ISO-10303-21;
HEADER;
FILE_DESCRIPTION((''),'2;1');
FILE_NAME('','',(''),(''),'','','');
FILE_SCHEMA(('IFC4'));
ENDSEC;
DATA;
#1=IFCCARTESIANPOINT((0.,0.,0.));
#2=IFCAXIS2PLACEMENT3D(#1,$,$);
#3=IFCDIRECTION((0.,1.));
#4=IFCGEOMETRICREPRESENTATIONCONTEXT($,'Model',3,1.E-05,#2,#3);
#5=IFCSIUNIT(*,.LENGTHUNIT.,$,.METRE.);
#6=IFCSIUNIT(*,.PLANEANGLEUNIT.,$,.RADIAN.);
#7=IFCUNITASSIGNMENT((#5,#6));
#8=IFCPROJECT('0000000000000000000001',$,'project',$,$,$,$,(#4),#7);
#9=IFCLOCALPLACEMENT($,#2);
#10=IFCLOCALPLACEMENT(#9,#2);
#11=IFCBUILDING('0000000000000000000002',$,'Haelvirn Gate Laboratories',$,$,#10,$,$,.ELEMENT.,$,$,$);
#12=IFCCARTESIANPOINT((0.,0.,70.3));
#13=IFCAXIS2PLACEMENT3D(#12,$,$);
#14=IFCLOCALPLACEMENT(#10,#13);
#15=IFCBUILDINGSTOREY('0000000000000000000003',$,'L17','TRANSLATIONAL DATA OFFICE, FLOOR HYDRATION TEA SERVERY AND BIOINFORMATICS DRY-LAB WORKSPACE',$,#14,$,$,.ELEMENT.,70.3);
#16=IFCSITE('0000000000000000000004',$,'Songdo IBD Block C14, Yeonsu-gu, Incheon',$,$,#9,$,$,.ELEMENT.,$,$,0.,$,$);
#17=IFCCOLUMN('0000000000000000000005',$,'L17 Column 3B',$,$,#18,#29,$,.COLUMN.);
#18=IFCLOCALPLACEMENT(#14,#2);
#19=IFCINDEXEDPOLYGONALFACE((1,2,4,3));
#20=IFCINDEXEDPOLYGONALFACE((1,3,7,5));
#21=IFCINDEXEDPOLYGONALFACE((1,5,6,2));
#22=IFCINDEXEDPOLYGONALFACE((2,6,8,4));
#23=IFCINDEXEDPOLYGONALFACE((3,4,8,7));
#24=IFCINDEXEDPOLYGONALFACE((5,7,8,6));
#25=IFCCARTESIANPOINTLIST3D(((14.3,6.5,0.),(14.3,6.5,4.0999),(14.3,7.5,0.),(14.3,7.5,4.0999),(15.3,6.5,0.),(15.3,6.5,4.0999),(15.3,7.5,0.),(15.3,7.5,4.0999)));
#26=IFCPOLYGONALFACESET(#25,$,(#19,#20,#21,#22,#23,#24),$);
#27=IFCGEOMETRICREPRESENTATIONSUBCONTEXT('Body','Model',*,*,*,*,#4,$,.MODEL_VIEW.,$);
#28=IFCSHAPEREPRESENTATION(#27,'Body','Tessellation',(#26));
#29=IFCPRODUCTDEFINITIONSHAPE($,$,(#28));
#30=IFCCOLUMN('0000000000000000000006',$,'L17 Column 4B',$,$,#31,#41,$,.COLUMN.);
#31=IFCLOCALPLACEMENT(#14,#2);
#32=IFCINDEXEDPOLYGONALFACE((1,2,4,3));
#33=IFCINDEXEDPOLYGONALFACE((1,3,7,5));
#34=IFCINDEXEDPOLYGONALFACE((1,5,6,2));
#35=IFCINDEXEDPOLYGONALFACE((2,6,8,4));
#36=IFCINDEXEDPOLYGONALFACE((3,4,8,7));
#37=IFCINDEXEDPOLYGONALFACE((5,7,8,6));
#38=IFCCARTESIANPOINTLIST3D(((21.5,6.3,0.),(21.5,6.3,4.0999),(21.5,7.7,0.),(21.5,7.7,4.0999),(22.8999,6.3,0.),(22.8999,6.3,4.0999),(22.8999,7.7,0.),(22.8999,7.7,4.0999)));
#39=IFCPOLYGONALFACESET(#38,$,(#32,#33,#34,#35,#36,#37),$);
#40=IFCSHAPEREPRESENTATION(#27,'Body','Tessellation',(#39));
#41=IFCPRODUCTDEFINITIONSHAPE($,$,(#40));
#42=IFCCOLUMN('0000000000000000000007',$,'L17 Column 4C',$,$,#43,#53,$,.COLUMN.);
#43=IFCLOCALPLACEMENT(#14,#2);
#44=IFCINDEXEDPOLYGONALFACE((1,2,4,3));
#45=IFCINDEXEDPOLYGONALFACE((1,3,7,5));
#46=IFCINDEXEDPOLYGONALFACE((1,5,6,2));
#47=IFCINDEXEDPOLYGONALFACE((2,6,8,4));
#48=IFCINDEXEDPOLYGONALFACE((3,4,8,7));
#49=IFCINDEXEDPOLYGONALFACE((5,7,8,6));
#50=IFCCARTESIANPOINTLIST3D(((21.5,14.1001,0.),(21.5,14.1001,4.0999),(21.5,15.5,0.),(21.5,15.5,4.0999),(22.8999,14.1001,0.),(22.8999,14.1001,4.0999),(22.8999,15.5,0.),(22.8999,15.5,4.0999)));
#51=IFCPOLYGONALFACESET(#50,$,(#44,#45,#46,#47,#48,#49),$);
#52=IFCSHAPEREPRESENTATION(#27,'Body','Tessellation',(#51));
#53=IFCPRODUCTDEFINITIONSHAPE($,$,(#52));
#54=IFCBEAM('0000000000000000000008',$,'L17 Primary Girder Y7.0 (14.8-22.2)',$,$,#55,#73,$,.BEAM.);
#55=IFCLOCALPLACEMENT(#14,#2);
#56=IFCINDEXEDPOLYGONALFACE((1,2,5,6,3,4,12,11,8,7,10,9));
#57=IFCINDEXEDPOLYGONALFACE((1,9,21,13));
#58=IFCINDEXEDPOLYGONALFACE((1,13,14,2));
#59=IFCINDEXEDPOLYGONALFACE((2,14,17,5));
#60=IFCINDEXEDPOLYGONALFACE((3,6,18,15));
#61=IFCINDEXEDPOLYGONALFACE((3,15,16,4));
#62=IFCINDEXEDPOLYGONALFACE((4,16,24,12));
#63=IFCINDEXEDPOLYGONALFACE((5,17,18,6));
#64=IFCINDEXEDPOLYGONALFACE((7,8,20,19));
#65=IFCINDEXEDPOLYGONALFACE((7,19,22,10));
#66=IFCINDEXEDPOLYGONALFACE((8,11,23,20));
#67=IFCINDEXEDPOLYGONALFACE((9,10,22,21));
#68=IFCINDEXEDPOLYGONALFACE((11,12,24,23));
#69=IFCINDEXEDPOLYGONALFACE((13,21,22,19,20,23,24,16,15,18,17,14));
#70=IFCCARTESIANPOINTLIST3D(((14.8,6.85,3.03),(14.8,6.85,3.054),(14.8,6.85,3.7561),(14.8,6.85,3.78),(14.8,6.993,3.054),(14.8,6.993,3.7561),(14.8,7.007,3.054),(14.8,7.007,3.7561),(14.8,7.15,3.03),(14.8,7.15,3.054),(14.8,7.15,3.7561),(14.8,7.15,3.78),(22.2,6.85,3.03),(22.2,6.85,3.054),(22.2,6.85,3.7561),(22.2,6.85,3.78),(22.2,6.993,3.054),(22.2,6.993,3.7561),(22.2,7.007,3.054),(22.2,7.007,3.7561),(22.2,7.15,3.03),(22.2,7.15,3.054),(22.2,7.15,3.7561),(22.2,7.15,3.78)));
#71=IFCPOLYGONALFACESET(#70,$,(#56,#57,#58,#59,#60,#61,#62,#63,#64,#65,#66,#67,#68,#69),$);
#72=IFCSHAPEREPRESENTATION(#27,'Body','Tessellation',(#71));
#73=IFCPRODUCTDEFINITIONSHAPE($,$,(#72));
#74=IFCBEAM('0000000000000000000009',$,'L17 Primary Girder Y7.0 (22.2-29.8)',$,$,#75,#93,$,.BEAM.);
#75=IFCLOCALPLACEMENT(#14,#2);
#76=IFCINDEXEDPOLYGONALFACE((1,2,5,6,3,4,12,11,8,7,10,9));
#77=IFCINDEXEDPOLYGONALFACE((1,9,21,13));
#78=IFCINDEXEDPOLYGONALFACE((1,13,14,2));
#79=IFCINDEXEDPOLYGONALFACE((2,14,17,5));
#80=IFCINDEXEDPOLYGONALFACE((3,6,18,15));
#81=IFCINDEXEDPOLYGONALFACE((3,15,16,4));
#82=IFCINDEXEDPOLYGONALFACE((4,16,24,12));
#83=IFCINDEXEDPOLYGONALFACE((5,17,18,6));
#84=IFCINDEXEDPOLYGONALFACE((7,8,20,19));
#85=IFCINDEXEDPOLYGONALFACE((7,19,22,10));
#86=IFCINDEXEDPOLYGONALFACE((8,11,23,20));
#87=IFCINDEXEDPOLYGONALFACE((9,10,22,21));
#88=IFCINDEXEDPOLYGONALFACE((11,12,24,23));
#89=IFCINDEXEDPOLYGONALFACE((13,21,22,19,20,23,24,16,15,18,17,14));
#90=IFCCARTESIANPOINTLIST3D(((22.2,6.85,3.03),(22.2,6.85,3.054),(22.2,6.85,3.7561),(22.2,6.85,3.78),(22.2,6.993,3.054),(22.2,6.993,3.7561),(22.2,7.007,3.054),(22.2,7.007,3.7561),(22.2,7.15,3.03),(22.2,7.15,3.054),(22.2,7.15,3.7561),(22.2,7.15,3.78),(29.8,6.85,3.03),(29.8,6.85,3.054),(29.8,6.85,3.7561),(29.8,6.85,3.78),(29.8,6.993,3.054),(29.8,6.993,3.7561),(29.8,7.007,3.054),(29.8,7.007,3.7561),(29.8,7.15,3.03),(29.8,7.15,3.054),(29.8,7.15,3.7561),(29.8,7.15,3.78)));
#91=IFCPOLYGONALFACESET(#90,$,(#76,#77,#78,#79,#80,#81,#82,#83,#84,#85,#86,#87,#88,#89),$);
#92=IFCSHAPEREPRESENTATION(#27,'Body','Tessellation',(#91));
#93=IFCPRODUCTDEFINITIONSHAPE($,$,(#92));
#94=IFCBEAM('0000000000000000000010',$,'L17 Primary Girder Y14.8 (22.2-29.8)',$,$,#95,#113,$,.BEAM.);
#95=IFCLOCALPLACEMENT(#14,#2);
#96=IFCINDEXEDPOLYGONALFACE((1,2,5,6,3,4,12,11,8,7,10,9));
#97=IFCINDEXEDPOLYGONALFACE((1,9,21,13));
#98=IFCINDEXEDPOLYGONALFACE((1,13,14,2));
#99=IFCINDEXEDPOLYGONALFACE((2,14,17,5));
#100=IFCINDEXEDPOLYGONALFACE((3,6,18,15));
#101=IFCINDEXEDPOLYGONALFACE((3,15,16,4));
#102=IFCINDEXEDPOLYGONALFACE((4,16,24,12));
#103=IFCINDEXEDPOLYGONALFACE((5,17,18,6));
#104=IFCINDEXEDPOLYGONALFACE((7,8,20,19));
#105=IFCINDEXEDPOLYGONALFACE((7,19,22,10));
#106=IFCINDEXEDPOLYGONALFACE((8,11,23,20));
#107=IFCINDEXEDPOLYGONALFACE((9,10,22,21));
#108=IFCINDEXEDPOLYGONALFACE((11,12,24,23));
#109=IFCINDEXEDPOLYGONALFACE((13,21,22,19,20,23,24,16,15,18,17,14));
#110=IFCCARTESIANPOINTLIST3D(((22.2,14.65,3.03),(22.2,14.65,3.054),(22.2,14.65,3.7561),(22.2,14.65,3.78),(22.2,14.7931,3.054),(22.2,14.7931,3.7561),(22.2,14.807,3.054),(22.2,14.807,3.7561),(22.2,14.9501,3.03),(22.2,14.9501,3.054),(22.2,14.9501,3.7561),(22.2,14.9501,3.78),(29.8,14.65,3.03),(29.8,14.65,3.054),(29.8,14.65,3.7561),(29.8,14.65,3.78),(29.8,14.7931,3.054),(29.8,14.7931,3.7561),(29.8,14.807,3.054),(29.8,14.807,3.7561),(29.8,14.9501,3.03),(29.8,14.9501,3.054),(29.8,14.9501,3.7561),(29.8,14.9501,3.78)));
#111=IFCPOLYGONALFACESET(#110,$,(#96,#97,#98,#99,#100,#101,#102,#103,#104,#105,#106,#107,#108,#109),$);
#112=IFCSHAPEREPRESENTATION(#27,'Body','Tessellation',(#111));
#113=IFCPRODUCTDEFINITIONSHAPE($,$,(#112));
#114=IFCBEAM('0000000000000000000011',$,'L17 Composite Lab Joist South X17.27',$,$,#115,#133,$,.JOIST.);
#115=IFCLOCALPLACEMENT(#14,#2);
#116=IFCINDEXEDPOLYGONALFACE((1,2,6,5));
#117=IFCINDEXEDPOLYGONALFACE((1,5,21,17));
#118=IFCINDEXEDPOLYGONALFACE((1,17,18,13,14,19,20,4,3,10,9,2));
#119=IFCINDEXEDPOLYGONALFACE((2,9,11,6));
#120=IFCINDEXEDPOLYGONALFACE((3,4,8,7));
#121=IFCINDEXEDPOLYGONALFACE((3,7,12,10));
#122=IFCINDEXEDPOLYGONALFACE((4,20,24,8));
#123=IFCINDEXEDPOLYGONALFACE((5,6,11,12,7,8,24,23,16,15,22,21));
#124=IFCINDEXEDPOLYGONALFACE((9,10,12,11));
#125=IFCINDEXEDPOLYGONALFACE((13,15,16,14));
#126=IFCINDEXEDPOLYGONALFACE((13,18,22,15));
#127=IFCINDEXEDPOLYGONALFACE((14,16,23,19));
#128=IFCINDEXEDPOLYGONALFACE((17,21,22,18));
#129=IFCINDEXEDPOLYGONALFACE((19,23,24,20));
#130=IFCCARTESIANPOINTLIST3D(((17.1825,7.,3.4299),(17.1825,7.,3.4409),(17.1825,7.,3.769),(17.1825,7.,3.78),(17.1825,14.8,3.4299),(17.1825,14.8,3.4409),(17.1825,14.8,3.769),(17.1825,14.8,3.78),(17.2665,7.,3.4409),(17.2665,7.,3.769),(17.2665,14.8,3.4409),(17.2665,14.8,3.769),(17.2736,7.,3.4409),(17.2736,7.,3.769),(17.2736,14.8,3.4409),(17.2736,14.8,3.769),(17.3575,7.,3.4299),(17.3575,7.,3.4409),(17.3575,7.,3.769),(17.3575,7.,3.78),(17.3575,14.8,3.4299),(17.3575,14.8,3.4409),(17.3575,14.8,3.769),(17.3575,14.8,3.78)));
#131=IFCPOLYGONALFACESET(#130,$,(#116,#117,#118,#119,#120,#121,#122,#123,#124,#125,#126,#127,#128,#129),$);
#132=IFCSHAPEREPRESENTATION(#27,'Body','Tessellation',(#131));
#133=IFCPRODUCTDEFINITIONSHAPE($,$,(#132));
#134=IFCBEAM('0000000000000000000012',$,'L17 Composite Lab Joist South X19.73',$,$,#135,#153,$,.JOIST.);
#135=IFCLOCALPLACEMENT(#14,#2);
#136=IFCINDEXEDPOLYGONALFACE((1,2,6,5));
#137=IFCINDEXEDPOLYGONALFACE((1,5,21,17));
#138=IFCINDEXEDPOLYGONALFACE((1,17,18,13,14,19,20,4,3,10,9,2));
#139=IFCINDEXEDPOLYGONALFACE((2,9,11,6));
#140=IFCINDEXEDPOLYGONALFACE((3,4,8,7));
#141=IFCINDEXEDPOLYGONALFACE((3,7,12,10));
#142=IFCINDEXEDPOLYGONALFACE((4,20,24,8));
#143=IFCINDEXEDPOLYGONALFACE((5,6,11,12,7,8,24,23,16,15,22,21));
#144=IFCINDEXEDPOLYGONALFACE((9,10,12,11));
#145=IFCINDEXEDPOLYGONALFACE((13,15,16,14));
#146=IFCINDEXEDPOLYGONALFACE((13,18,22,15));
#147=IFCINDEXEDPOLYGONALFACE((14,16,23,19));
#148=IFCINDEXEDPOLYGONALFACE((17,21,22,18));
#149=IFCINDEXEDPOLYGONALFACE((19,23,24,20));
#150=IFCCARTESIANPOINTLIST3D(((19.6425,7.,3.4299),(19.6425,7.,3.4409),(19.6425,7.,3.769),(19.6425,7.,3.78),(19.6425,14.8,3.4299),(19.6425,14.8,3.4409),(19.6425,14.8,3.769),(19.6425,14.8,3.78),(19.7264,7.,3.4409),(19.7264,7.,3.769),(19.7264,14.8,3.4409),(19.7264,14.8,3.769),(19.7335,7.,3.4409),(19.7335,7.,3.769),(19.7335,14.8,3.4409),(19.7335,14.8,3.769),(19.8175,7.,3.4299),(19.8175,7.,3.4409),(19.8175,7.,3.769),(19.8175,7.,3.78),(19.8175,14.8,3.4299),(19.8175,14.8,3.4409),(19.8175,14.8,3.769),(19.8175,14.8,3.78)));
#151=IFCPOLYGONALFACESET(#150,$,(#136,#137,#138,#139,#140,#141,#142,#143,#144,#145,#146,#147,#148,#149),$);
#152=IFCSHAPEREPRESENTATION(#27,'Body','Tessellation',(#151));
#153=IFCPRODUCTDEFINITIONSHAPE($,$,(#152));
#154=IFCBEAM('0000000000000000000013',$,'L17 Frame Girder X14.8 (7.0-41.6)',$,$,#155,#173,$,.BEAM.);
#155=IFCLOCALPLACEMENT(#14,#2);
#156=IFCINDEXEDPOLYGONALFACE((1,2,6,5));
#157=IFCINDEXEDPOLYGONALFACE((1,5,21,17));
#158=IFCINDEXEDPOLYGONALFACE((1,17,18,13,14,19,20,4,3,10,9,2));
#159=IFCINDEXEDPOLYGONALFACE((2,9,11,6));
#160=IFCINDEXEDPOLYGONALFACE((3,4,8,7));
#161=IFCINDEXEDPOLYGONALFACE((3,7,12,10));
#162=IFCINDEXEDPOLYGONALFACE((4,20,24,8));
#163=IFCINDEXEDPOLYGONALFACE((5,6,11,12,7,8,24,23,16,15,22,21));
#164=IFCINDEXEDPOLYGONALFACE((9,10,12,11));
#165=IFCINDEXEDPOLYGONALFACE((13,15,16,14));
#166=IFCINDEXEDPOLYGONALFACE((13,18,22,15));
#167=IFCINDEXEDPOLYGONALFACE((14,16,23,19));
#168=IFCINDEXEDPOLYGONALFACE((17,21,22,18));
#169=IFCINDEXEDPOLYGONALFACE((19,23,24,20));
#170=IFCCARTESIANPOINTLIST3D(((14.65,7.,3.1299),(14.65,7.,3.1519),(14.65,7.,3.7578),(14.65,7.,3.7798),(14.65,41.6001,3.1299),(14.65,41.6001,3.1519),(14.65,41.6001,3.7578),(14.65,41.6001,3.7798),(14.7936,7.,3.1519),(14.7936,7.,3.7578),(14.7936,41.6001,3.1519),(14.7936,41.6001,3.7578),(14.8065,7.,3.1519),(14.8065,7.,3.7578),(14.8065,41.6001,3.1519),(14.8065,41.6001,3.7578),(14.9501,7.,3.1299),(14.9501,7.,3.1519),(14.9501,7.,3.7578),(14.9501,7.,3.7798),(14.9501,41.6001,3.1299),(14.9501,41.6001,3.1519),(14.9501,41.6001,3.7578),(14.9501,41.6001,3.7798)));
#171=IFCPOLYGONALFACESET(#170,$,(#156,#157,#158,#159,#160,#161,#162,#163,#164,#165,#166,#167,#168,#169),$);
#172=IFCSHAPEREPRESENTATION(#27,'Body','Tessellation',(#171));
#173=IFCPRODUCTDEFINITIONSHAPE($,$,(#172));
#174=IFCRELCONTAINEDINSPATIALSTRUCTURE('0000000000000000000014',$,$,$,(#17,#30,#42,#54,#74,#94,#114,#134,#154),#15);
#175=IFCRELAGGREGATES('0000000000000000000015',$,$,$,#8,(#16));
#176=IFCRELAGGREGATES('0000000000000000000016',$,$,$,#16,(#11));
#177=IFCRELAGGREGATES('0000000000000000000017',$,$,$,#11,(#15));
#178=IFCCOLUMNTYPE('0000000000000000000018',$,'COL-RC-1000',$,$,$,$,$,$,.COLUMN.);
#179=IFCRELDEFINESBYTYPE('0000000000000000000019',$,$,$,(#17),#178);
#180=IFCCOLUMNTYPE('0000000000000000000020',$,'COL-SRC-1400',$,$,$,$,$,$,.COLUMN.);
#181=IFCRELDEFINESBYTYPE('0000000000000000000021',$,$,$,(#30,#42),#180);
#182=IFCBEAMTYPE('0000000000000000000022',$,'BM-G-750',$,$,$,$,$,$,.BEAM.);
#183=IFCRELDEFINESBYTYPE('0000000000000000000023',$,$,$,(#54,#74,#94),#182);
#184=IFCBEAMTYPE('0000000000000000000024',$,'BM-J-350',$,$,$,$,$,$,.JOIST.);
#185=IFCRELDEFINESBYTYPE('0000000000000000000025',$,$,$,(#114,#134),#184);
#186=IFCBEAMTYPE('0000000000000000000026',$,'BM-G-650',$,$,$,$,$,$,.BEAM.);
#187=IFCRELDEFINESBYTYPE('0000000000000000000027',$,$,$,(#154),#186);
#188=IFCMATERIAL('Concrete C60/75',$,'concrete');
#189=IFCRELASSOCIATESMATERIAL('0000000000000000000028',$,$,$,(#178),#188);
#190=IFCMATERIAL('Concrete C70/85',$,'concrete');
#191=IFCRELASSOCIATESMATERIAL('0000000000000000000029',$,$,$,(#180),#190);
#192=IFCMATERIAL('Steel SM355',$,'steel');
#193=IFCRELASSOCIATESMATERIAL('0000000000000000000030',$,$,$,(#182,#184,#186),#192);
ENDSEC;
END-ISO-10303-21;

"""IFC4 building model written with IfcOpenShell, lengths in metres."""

from ifc_helpers import new_model, si_unit, direction, frame, origin, origin_2d, place, context, subcontext, project, spatial, rectangle, i_section, extrude, source, transform, mapped, material, material_profile, profile_set, type_object, type_shapes, element, save


model = new_model("IFC4")

# Units and contexts
model_context = context("Model", 3, precision=1e-05, world=origin(), true_north=direction((0.0, 1.0)))
body_context = subcontext(model_context, "Body", "Model", "MODEL_VIEW")
ifc_project = project(units=[si_unit("LENGTHUNIT", "METRE"), si_unit("PLANEANGLEUNIT", "RADIAN")], contexts=[model_context])

# Site, building, storey
site_placement = place(None, origin())
site = spatial("IfcSite", under=ifc_project, at=site_placement, Name="Songdo IBD Block C14, Yeonsu-gu, Incheon", CompositionType="ELEMENT", RefElevation=0.0)
building_placement = place(site_placement, origin())
building = spatial("IfcBuilding", under=site, at=building_placement, Name="Haelvirn Gate Laboratories", CompositionType="ELEMENT")
storey_placement = place(building_placement, frame((0.0, 0.0, 70.3)))
storey = spatial("IfcBuildingStorey", under=building, at=storey_placement, Name="L17", Description="TRANSLATIONAL DATA OFFICE, FLOOR HYDRATION TEA SERVERY AND BIOINFORMATICS DRY-LAB WORKSPACE", CompositionType="ELEMENT", Elevation=70.3)

# Columns
ifc_material_1 = material(Name="Concrete C60/75", Category="concrete")
ifc_material_profile_1 = material_profile(ifc_material_1, rectangle(XDim=1.0, YDim=1.0, at=origin_2d()), Name="RC-1000x1000")
ifc_profile_set_1 = profile_set([ifc_material_profile_1], Name="Concrete C60/75")
column_type_1 = type_object("IfcColumnType", Name="COL-RC-1000", PredefinedType="COLUMN", material=ifc_profile_set_1)
shared_shape_1 = source(origin(), body_context, "Body", "SweptSolid", [
    extrude(rectangle(XDim=1.0, YDim=1.0, at=origin_2d()), origin(), (0.0, 0.0, 1.0), 4.0999),
])
type_shapes(column_type_1, [shared_shape_1])
column_placement = place(storey_placement, frame((14.8, 7.0, 0.0), z_axis=(0.0, 0.0, 1.0), x_axis=(1.0, 0.0, 0.0)))
element("IfcColumn", 1, at=column_placement, inside=storey, type_object=column_type_1, Name="L17 Column 3B", PredefinedType="COLUMN", context=body_context, shape_type="MappedRepresentation", body=[
    mapped(shared_shape_1, transform((0.0, 0.0, 0.0), scale=1.0)),
])
ifc_material_2 = material(Name="Concrete C70/85", Category="concrete")
ifc_material_profile_2 = material_profile(ifc_material_2, rectangle(XDim=1.3999, YDim=1.3999, at=origin_2d()), Name="SRC-1400x1400")
ifc_profile_set_2 = profile_set([ifc_material_profile_2], Name="Concrete C70/85")
column_type_2 = type_object("IfcColumnType", Name="COL-SRC-1400", PredefinedType="COLUMN", material=ifc_profile_set_2)
shared_shape_2 = source(origin(), body_context, "Body", "SweptSolid", [
    extrude(rectangle(XDim=1.3999, YDim=1.3999, at=origin_2d()), origin(), (0.0, 0.0, 1.0), 4.0999),
])
type_shapes(column_type_2, [shared_shape_2])
for number, where, z_axis, x_axis, name in (
    (2, (22.2, 7.0, 0.0), (0.0, 0.0, 1.0), (1.0, 0.0, 0.0), "L17 Column 4B"),
    (3, (22.2, 14.8, 0.0), (0.0, 0.0, 1.0), (1.0, 0.0, 0.0), "L17 Column 4C"),
):
    element("IfcColumn", number, at=place(storey_placement, frame(where, z_axis=z_axis, x_axis=x_axis)), inside=storey, type_object=column_type_2, Name=name, PredefinedType="COLUMN", context=body_context, shape_type="MappedRepresentation", body=[
        mapped(shared_shape_2, transform((0.0, 0.0, 0.0), scale=1.0)),
    ])

# Beams
ifc_material_3 = material(Name="Steel SM355", Category="steel")
ifc_material_profile_3 = material_profile(ifc_material_3, i_section(OverallWidth=0.3, OverallDepth=0.75, WebThickness=0.0139, FlangeThickness=0.0239, at=origin_2d()), Name="H-750x300x14x24")
ifc_profile_set_3 = profile_set([ifc_material_profile_3], Name="Steel SM355")
beam_type_1 = type_object("IfcBeamType", Name="BM-G-750", PredefinedType="BEAM", material=ifc_profile_set_3)
shared_shape_3 = source(origin(), body_context, "Body", "SweptSolid", [
    extrude(i_section(OverallWidth=0.3, OverallDepth=0.75, WebThickness=0.0139, FlangeThickness=0.0239, at=origin_2d()), origin(), (0.0, 0.0, 1.0), 7.3999),
])
beam_1_placement = place(storey_placement, frame((14.8, 7.0, 3.405), z_axis=(1.0, 0.0, 0.0), x_axis=(0.0, 1.0, 0.0)))
element("IfcBeam", 4, at=beam_1_placement, inside=storey, type_object=beam_type_1, Name="L17 Primary Girder Y7.0 (14.8-22.2)", PredefinedType="BEAM", context=body_context, shape_type="MappedRepresentation", body=[
    mapped(shared_shape_3, transform((0.0, 0.0, 0.0), scale=1.0)),
])
shared_shape_4 = source(origin(), body_context, "Body", "SweptSolid", [
    extrude(i_section(OverallWidth=0.3, OverallDepth=0.75, WebThickness=0.0139, FlangeThickness=0.0239, at=origin_2d()), origin(), (0.0, 0.0, 1.0), 7.6001),
])
type_shapes(beam_type_1, [shared_shape_3, shared_shape_4])
for number, where, z_axis, x_axis, name in (
    (5, (22.2, 7.0, 3.405), (1.0, 0.0, 0.0), (0.0, 1.0, 0.0), "L17 Primary Girder Y7.0 (22.2-29.8)"),
    (6, (22.2, 14.8, 3.405), (1.0, 0.0, 0.0), (0.0, 1.0, 0.0), "L17 Primary Girder Y14.8 (22.2-29.8)"),
):
    element("IfcBeam", number, at=place(storey_placement, frame(where, z_axis=z_axis, x_axis=x_axis)), inside=storey, type_object=beam_type_1, Name=name, PredefinedType="BEAM", context=body_context, shape_type="MappedRepresentation", body=[
        mapped(shared_shape_4, transform((0.0, 0.0, 0.0), scale=1.0)),
    ])
ifc_material_profile_4 = material_profile(ifc_material_3, i_section(OverallWidth=0.175, OverallDepth=0.3501, WebThickness=0.0071, FlangeThickness=0.011, at=origin_2d()), Name="H-350x175x7x11")
ifc_profile_set_4 = profile_set([ifc_material_profile_4], Name="Steel SM355")
beam_type_2 = type_object("IfcBeamType", Name="BM-J-350", PredefinedType="JOIST", material=ifc_profile_set_4)
shared_shape_5 = source(origin(), body_context, "Body", "SweptSolid", [
    extrude(i_section(OverallWidth=0.175, OverallDepth=0.3501, WebThickness=0.0071, FlangeThickness=0.011, at=origin_2d()), origin(), (0.0, 0.0, 1.0), 7.8),
])
type_shapes(beam_type_2, [shared_shape_5])
for number, where, z_axis, x_axis, name in (
    (7, (17.27, 7.0, 3.605), (0.0, 1.0, 0.0), (-1.0, 0.0, 0.0), "L17 Composite Lab Joist South X17.27"),
    (8, (19.73, 7.0, 3.605), (0.0, 1.0, 0.0), (-1.0, 0.0, 0.0), "L17 Composite Lab Joist South X19.73"),
):
    element("IfcBeam", number, at=place(storey_placement, frame(where, z_axis=z_axis, x_axis=x_axis)), inside=storey, type_object=beam_type_2, Name=name, PredefinedType="JOIST", context=body_context, shape_type="MappedRepresentation", body=[
        mapped(shared_shape_5, transform((0.0, 0.0, 0.0), scale=1.0)),
    ])
ifc_material_profile_5 = material_profile(ifc_material_3, i_section(OverallWidth=0.3, OverallDepth=0.6499, WebThickness=0.0129, FlangeThickness=0.022, at=origin_2d()), Name="H-650x300x13x22")
ifc_profile_set_5 = profile_set([ifc_material_profile_5], Name="Steel SM355")
beam_type_3 = type_object("IfcBeamType", Name="BM-G-650", PredefinedType="BEAM", material=ifc_profile_set_5)
shared_shape_6 = source(origin(), body_context, "Body", "SweptSolid", [
    extrude(i_section(OverallWidth=0.3, OverallDepth=0.6499, WebThickness=0.0129, FlangeThickness=0.022, at=origin_2d()), origin(), (0.0, 0.0, 1.0), 34.6001),
])
beam_2_placement = place(storey_placement, frame((14.8, 7.0, 3.4548), z_axis=(0.0, 1.0, 0.0), x_axis=(-1.0, 0.0, 0.0)))
element("IfcBeam", 9, at=beam_2_placement, inside=storey, type_object=beam_type_3, Name="L17 Frame Girder X14.8 (7.0-41.6)", PredefinedType="BEAM", context=body_context, shape_type="MappedRepresentation", body=[
    mapped(shared_shape_6, transform((0.0, 0.0, 0.0), scale=1.0)),
])

save(model, "model.ifc")
